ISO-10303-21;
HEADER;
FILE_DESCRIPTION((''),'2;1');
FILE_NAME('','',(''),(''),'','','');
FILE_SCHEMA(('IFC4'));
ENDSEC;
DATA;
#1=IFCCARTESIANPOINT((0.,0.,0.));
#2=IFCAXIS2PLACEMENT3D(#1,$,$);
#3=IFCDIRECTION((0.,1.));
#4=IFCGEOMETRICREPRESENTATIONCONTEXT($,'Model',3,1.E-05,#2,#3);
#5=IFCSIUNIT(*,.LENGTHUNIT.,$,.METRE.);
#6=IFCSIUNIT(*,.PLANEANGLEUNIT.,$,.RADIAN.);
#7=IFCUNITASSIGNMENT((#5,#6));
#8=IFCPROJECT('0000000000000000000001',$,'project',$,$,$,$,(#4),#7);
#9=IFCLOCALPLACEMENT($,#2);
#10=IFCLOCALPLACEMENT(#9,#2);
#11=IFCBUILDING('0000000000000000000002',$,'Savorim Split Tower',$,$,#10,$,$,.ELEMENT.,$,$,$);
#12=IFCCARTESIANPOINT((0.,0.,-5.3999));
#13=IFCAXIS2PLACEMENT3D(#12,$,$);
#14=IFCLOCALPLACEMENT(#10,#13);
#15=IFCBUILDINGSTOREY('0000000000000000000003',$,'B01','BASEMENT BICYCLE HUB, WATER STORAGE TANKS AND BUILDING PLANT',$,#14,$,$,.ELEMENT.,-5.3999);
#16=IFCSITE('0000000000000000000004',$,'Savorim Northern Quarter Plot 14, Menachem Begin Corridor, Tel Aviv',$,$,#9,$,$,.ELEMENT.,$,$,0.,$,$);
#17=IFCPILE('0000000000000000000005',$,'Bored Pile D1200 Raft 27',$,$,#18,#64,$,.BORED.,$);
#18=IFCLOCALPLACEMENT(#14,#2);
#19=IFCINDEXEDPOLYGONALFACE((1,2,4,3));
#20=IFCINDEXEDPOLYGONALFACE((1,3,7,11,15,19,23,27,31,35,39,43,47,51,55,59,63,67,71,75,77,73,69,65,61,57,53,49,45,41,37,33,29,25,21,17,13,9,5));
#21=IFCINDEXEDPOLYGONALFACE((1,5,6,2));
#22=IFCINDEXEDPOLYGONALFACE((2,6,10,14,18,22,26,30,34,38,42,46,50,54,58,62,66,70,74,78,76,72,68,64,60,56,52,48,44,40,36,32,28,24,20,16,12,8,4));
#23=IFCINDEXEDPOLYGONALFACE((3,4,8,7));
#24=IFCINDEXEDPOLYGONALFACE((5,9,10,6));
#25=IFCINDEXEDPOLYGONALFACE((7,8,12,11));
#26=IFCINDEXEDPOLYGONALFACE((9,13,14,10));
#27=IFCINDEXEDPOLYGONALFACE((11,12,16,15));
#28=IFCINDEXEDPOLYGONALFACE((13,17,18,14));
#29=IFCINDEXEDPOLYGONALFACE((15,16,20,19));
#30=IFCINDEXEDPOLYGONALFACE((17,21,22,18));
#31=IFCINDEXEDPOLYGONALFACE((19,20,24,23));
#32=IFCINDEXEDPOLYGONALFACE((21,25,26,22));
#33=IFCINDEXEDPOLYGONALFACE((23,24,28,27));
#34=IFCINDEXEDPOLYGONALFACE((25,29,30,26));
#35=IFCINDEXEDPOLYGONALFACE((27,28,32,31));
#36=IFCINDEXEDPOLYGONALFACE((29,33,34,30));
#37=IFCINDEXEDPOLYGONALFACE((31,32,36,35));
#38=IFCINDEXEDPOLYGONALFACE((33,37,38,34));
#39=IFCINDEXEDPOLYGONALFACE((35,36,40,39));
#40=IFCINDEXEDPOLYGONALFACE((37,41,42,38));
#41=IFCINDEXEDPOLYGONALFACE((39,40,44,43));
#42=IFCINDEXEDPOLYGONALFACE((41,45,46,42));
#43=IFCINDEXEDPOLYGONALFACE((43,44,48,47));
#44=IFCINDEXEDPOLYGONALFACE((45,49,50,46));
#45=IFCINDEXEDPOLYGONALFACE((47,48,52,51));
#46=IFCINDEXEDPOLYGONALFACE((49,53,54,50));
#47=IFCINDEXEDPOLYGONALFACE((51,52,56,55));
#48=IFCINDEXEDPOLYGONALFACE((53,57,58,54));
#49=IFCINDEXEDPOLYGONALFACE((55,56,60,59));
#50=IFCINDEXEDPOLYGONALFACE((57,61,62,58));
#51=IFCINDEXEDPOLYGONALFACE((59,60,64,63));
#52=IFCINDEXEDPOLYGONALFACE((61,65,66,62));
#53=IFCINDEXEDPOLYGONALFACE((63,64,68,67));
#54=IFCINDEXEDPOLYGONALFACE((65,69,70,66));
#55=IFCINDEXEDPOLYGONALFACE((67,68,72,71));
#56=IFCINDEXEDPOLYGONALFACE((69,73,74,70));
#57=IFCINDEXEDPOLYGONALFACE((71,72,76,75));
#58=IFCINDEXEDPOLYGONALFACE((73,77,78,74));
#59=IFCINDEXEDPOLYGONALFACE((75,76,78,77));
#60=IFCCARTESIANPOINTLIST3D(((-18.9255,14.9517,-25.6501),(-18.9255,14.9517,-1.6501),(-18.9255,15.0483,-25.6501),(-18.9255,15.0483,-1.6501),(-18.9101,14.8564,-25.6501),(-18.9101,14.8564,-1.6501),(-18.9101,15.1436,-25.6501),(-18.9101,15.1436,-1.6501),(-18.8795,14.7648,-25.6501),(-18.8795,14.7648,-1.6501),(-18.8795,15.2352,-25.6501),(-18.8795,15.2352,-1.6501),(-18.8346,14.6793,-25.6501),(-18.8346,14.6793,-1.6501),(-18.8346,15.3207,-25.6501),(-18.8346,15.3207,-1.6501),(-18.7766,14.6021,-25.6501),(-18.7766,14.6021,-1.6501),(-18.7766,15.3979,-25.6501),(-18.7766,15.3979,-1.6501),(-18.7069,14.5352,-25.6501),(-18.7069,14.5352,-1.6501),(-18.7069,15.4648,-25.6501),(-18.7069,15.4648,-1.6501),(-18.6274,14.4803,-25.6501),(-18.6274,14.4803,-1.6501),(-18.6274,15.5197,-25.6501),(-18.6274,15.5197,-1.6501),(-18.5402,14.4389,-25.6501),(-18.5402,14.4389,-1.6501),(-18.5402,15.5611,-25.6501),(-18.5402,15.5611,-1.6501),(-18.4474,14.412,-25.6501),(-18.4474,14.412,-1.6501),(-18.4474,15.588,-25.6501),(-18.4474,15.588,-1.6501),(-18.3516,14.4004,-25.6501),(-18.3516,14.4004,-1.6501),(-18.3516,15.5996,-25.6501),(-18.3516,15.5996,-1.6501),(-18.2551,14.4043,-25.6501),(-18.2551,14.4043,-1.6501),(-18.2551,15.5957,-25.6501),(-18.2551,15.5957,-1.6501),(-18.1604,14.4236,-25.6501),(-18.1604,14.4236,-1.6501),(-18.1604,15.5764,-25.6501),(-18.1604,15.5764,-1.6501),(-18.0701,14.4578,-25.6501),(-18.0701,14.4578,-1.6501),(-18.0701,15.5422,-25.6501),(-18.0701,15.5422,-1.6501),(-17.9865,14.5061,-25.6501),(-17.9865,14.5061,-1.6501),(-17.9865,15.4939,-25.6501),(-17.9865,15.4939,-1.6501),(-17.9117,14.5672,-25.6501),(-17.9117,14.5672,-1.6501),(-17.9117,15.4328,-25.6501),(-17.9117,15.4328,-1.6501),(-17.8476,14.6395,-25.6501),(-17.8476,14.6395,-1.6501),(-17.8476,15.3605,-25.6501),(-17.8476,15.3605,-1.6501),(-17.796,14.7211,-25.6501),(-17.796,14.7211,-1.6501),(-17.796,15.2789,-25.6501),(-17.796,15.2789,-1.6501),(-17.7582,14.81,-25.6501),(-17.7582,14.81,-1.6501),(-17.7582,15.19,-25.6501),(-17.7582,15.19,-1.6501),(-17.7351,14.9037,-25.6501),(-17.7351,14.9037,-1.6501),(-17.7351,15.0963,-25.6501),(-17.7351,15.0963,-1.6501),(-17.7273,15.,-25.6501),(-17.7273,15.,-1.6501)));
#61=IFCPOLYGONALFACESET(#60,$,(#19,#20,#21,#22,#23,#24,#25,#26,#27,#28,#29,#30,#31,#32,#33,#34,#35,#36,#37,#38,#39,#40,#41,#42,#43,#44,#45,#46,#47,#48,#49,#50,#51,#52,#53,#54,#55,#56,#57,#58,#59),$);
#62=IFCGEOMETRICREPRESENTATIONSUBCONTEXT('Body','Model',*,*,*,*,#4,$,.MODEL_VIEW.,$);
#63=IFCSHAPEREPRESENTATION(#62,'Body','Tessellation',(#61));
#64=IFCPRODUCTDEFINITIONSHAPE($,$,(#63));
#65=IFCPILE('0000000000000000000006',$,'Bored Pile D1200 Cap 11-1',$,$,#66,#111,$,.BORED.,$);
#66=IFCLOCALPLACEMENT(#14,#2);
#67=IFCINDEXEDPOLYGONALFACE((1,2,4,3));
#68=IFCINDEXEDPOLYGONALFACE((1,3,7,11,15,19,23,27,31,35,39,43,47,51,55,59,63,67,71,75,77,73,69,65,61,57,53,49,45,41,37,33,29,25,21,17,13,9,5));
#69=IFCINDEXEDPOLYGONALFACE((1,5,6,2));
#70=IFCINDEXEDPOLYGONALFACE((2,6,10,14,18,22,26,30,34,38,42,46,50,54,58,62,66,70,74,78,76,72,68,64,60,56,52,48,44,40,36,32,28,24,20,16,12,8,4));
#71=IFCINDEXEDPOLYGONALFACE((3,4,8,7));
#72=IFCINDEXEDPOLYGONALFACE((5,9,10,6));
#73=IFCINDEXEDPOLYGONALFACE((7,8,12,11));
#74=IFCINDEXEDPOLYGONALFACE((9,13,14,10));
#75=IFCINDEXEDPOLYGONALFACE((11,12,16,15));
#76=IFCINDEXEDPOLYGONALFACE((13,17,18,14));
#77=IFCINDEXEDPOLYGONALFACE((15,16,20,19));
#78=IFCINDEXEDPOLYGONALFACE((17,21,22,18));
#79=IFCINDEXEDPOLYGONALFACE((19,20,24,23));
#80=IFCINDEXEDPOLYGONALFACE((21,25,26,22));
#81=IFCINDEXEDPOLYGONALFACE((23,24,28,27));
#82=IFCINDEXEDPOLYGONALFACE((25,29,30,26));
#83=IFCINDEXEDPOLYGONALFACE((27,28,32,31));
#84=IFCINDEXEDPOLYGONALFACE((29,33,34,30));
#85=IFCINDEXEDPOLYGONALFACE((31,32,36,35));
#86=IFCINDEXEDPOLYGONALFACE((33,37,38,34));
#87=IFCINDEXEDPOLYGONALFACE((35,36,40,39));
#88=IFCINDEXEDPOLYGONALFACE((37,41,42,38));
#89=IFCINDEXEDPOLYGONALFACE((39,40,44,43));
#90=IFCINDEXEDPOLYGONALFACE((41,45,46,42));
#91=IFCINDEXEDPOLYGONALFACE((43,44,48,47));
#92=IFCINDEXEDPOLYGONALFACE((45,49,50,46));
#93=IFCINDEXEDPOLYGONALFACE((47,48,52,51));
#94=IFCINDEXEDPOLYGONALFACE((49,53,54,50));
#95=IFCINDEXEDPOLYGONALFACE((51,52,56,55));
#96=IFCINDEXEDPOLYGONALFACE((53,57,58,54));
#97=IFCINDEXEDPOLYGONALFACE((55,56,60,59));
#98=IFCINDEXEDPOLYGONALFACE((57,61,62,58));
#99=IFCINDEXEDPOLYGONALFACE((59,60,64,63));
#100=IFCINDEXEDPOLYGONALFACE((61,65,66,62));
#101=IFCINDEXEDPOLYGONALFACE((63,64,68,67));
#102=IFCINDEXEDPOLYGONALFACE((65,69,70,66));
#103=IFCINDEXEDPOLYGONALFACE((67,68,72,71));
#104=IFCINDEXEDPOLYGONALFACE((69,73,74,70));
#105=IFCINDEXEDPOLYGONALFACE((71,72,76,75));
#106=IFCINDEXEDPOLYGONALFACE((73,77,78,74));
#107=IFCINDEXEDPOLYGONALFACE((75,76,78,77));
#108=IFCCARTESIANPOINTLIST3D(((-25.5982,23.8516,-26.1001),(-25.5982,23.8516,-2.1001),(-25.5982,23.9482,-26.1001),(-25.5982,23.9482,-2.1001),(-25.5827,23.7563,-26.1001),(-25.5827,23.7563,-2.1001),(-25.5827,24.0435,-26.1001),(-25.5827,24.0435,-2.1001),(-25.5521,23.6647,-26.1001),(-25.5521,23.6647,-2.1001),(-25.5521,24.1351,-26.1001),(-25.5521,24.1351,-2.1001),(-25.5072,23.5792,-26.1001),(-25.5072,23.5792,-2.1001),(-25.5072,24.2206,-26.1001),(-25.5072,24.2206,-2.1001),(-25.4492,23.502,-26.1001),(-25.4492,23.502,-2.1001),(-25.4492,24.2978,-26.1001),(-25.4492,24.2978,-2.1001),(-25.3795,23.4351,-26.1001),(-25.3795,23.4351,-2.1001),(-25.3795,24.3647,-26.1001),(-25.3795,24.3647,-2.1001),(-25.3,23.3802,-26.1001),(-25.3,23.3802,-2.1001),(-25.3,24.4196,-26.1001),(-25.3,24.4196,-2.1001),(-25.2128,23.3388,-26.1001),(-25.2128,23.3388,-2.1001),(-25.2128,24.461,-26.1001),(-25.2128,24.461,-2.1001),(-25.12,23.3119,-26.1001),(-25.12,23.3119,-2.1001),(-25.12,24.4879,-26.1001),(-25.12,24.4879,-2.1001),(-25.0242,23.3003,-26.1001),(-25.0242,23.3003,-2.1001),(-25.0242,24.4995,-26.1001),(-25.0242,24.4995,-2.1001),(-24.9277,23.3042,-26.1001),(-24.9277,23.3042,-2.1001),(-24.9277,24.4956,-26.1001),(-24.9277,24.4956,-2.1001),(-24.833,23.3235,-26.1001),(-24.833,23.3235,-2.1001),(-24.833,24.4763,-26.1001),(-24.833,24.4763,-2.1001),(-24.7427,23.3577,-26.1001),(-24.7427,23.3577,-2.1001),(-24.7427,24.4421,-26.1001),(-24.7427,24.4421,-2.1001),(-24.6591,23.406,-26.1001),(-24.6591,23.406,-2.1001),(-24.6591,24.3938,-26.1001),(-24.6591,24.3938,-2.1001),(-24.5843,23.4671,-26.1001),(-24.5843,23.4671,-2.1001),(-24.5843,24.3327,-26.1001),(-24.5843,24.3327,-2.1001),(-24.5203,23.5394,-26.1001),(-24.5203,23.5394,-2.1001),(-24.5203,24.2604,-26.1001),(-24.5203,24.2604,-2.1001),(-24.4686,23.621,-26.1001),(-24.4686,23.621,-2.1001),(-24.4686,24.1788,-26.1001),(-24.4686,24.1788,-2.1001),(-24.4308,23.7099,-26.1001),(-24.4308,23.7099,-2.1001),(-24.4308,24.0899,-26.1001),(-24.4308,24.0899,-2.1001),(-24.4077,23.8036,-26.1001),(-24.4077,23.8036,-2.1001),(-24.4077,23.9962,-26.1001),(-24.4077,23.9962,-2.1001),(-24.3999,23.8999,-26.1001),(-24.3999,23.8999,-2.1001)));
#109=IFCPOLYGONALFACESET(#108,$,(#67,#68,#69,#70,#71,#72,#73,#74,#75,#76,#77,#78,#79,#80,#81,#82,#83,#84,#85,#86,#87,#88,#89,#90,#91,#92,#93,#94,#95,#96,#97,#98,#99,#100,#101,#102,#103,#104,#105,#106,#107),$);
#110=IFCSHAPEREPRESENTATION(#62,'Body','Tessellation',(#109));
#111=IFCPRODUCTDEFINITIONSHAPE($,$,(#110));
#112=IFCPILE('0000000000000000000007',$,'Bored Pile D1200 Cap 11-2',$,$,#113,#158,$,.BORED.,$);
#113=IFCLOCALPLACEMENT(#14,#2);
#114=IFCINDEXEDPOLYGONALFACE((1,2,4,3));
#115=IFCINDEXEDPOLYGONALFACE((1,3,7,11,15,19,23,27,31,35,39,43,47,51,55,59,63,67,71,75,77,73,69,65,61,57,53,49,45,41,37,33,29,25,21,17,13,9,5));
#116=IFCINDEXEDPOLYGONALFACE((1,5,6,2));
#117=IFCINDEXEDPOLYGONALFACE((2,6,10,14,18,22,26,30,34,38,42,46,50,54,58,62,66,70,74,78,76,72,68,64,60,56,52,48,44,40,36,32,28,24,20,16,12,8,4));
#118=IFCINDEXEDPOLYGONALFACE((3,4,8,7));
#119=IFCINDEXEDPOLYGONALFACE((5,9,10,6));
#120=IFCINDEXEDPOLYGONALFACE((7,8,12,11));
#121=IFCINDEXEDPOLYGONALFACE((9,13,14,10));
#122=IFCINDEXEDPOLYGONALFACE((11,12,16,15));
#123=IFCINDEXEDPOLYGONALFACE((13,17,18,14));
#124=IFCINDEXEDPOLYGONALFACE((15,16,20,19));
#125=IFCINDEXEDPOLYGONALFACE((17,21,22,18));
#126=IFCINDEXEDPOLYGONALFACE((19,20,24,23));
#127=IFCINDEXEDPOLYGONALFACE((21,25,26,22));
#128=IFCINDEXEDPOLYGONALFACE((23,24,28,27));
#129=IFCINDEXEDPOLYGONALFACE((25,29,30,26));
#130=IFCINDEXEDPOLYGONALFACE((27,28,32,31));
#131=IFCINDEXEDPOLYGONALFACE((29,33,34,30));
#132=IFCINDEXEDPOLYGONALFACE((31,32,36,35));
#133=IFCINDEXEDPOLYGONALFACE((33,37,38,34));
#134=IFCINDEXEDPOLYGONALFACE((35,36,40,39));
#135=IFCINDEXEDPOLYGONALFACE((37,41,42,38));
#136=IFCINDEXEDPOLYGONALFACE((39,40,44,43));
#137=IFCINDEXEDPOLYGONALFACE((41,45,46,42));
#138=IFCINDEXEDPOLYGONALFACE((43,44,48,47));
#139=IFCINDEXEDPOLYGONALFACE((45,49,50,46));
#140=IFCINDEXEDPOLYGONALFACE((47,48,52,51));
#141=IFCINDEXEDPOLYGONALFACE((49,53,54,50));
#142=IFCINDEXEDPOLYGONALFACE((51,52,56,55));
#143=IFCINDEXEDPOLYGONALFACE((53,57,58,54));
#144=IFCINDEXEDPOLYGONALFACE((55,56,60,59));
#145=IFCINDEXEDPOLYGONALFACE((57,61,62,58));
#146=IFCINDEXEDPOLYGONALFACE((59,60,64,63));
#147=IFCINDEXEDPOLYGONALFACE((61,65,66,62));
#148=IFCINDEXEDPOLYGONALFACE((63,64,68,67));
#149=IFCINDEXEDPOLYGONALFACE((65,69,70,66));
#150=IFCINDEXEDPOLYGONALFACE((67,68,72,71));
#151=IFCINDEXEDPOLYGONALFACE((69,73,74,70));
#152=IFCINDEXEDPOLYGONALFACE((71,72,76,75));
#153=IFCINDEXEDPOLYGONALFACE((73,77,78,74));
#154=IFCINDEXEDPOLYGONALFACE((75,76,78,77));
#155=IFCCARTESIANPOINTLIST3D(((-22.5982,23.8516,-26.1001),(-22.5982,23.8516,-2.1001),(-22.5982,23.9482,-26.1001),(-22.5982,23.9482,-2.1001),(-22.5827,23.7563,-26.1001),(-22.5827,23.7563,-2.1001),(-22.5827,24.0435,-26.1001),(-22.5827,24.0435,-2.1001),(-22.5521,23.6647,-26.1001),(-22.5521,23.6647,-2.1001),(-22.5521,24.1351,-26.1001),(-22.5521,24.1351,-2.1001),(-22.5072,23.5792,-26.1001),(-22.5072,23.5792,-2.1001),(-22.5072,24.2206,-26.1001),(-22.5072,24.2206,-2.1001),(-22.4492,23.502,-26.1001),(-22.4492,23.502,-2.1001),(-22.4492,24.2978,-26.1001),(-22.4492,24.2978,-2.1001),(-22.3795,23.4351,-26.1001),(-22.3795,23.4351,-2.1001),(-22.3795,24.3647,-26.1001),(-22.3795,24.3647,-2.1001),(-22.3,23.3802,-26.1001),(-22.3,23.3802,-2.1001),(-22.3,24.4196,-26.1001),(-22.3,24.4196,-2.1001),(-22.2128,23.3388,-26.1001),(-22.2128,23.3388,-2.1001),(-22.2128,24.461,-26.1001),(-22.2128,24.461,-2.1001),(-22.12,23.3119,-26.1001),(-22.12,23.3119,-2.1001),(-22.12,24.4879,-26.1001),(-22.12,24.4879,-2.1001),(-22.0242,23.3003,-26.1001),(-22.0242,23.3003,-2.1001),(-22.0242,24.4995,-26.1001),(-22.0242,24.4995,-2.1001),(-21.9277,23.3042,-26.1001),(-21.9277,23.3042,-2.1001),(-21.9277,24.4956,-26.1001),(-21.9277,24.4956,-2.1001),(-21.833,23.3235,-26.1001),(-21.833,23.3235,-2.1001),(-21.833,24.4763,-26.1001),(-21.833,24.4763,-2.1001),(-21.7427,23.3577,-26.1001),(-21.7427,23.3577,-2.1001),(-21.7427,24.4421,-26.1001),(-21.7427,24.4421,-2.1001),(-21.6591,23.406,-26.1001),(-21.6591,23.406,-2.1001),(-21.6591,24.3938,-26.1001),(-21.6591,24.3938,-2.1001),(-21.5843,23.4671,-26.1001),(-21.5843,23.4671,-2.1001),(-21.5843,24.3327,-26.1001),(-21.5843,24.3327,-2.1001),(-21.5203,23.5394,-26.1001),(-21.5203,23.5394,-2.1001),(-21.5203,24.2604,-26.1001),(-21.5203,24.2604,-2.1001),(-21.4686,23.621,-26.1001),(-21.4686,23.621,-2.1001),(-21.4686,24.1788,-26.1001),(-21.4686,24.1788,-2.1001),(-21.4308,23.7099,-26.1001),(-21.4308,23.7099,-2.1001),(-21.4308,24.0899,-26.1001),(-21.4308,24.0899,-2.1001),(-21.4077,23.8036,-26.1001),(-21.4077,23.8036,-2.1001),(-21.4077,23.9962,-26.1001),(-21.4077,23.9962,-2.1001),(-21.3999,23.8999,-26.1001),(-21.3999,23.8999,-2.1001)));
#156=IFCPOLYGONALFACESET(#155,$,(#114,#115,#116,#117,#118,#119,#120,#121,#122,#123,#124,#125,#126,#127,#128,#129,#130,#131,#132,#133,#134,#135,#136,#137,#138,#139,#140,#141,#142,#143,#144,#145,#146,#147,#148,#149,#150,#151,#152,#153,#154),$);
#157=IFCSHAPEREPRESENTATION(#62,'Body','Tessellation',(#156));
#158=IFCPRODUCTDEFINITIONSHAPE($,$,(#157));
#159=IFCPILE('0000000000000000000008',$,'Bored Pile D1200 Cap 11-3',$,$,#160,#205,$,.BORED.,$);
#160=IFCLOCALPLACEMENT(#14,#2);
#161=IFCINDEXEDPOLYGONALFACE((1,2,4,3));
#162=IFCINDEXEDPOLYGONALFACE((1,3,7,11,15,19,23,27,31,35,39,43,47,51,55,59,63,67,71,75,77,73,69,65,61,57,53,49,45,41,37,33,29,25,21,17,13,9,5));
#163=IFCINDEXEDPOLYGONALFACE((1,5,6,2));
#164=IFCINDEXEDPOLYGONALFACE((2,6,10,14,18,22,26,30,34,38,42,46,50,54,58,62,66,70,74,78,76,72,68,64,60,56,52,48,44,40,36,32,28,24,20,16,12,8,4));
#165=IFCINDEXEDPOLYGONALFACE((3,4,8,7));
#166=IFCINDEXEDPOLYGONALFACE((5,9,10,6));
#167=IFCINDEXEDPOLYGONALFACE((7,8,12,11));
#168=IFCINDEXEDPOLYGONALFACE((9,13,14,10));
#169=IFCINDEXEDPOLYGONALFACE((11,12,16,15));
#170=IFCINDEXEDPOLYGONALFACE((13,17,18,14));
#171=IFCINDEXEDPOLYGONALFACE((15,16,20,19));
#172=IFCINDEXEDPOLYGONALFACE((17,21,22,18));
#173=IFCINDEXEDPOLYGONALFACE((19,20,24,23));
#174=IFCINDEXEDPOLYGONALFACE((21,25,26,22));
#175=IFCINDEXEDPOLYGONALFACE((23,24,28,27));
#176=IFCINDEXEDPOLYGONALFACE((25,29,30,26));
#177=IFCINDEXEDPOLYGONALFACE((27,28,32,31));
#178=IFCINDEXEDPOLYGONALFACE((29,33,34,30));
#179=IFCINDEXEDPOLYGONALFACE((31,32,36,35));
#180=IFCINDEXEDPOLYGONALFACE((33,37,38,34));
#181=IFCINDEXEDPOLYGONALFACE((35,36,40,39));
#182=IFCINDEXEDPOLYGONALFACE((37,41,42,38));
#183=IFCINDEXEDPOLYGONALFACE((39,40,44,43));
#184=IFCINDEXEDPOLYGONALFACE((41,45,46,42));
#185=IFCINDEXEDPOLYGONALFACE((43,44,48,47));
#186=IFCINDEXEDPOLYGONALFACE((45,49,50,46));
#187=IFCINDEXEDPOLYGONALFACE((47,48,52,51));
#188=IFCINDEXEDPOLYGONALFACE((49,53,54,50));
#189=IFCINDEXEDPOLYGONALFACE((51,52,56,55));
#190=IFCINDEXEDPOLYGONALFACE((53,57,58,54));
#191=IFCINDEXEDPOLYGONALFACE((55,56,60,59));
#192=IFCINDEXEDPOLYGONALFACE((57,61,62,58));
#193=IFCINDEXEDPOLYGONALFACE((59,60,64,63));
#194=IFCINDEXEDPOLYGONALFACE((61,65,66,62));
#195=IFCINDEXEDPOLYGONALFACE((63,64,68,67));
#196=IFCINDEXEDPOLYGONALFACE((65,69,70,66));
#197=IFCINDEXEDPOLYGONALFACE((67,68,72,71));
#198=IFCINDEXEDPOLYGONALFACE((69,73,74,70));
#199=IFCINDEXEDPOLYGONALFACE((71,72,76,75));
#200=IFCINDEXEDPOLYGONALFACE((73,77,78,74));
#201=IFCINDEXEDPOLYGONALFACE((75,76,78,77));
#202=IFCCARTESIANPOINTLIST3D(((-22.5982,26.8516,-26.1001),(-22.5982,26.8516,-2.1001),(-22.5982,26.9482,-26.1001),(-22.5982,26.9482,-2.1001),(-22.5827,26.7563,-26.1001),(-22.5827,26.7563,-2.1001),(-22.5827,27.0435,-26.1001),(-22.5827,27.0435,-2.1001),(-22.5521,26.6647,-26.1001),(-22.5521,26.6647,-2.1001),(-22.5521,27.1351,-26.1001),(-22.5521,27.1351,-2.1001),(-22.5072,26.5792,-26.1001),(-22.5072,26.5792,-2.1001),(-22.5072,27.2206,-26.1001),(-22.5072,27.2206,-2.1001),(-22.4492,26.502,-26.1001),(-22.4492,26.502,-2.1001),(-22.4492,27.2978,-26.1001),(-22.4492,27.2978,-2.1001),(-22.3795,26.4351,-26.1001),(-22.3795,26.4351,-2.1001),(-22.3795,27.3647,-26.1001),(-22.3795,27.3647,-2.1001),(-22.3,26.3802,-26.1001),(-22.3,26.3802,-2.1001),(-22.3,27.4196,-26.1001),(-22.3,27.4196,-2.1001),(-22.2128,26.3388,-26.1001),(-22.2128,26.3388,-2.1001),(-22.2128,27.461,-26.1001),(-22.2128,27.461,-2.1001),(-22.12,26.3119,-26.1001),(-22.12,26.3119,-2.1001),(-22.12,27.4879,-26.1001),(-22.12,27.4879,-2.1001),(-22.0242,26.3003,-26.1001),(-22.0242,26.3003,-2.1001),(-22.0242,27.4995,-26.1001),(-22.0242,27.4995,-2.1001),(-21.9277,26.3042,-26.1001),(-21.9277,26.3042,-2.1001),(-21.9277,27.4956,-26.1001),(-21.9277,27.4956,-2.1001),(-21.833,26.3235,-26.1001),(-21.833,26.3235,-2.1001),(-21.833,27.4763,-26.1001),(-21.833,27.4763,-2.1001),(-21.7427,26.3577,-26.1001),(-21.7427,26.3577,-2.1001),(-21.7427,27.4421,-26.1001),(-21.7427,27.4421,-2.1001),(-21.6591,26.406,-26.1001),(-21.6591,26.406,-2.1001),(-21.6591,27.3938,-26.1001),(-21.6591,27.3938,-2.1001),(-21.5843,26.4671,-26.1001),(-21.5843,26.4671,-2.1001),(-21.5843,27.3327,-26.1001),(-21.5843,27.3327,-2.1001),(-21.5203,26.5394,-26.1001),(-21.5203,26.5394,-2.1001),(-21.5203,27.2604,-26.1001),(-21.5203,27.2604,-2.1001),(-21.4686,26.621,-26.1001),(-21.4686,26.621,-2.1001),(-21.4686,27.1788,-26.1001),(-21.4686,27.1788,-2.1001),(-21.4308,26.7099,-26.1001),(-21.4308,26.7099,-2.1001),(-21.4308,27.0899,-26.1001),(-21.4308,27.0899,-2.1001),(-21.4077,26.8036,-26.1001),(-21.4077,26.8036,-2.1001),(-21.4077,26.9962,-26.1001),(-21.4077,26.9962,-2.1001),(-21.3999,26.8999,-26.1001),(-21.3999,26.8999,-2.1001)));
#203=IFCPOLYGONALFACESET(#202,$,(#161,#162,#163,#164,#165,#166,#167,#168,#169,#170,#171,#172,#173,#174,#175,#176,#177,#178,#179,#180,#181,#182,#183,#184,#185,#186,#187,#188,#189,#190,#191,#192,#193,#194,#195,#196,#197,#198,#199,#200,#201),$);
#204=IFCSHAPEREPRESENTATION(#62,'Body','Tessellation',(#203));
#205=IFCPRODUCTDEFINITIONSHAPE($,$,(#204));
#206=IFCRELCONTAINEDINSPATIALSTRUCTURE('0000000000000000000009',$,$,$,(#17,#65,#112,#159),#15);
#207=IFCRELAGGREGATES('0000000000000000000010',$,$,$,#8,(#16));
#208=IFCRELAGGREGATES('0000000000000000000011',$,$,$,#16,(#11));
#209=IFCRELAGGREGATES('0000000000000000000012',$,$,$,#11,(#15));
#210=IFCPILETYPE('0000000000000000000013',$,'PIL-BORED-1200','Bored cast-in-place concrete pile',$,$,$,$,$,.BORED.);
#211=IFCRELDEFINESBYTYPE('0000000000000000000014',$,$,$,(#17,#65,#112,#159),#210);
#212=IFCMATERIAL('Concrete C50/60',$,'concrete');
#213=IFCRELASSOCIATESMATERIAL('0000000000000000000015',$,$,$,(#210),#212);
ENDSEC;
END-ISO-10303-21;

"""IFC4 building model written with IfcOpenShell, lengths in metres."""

from ifc_helpers import new_model, si_unit, direction, frame, origin, origin_2d, place, context, subcontext, project, spatial, circle, extrude, material, material_profile, profile_set, type_object, element, save


model = new_model("IFC4")

# Units and contexts
model_context = context("Model", 3, precision=1e-05, world=origin(), true_north=direction((0.0, 1.0)))
body_context = subcontext(model_context, "Body", "Model", "MODEL_VIEW")
ifc_project = project(units=[si_unit("LENGTHUNIT", "METRE"), si_unit("PLANEANGLEUNIT", "RADIAN")], contexts=[model_context])

# Site, building, storey
site_placement = place(None, origin())
site = spatial("IfcSite", under=ifc_project, at=site_placement, Name="Savorim Northern Quarter Plot 14, Menachem Begin Corridor, Tel Aviv", CompositionType="ELEMENT", RefElevation=0.0)
building_placement = place(site_placement, origin())
building = spatial("IfcBuilding", under=site, at=building_placement, Name="Savorim Split Tower", CompositionType="ELEMENT")
storey_placement = place(building_placement, frame((0.0, 0.0, -5.3999)))
storey = spatial("IfcBuildingStorey", under=building, at=storey_placement, Name="B01", Description="BASEMENT BICYCLE HUB, WATER STORAGE TANKS AND BUILDING PLANT", CompositionType="ELEMENT", Elevation=-5.3999)

# Shared definitions
ifc_material_1 = material(Name="Concrete C50/60", Category="concrete")

# Piles
ifc_material_profile_1 = material_profile(ifc_material_1, circle(Radius=0.6001, at=origin_2d()), Name="PILE D1200")
ifc_profile_set_1 = profile_set([ifc_material_profile_1], Name="Concrete C50/60")
pile_type = type_object("IfcPileType", Name="PIL-BORED-1200", Description="Bored cast-in-place concrete pile", PredefinedType="BORED", material=ifc_profile_set_1)
for number, where, z_axis, x_axis, name in (
    (1, (-18.3274, 15.0, -1.6501), (0.0, 0.0, -1.0), (1.0, 0.0, 0.0), "Bored Pile D1200 Raft 27"),
    (2, (-25.0, 23.8999, -2.1001), (0.0, 0.0, -1.0), (1.0, 0.0, 0.0), "Bored Pile D1200 Cap 11-1"),
    (3, (-22.0, 23.8999, -2.1001), (0.0, 0.0, -1.0), (1.0, 0.0, 0.0), "Bored Pile D1200 Cap 11-2"),
    (4, (-22.0, 26.8999, -2.1001), (0.0, 0.0, -1.0), (1.0, 0.0, 0.0), "Bored Pile D1200 Cap 11-3"),
):
    element("IfcPile", number, at=place(storey_placement, frame(where, z_axis=z_axis, x_axis=x_axis)), inside=storey, type_object=pile_type, Name=name, PredefinedType="BORED", context=body_context, shape_type="SweptSolid", body=[
        extrude(circle(Radius=0.6001, at=origin_2d()), origin(), (0.0, 0.0, 1.0), 24.0),
    ])

save(model, "model.ifc")
